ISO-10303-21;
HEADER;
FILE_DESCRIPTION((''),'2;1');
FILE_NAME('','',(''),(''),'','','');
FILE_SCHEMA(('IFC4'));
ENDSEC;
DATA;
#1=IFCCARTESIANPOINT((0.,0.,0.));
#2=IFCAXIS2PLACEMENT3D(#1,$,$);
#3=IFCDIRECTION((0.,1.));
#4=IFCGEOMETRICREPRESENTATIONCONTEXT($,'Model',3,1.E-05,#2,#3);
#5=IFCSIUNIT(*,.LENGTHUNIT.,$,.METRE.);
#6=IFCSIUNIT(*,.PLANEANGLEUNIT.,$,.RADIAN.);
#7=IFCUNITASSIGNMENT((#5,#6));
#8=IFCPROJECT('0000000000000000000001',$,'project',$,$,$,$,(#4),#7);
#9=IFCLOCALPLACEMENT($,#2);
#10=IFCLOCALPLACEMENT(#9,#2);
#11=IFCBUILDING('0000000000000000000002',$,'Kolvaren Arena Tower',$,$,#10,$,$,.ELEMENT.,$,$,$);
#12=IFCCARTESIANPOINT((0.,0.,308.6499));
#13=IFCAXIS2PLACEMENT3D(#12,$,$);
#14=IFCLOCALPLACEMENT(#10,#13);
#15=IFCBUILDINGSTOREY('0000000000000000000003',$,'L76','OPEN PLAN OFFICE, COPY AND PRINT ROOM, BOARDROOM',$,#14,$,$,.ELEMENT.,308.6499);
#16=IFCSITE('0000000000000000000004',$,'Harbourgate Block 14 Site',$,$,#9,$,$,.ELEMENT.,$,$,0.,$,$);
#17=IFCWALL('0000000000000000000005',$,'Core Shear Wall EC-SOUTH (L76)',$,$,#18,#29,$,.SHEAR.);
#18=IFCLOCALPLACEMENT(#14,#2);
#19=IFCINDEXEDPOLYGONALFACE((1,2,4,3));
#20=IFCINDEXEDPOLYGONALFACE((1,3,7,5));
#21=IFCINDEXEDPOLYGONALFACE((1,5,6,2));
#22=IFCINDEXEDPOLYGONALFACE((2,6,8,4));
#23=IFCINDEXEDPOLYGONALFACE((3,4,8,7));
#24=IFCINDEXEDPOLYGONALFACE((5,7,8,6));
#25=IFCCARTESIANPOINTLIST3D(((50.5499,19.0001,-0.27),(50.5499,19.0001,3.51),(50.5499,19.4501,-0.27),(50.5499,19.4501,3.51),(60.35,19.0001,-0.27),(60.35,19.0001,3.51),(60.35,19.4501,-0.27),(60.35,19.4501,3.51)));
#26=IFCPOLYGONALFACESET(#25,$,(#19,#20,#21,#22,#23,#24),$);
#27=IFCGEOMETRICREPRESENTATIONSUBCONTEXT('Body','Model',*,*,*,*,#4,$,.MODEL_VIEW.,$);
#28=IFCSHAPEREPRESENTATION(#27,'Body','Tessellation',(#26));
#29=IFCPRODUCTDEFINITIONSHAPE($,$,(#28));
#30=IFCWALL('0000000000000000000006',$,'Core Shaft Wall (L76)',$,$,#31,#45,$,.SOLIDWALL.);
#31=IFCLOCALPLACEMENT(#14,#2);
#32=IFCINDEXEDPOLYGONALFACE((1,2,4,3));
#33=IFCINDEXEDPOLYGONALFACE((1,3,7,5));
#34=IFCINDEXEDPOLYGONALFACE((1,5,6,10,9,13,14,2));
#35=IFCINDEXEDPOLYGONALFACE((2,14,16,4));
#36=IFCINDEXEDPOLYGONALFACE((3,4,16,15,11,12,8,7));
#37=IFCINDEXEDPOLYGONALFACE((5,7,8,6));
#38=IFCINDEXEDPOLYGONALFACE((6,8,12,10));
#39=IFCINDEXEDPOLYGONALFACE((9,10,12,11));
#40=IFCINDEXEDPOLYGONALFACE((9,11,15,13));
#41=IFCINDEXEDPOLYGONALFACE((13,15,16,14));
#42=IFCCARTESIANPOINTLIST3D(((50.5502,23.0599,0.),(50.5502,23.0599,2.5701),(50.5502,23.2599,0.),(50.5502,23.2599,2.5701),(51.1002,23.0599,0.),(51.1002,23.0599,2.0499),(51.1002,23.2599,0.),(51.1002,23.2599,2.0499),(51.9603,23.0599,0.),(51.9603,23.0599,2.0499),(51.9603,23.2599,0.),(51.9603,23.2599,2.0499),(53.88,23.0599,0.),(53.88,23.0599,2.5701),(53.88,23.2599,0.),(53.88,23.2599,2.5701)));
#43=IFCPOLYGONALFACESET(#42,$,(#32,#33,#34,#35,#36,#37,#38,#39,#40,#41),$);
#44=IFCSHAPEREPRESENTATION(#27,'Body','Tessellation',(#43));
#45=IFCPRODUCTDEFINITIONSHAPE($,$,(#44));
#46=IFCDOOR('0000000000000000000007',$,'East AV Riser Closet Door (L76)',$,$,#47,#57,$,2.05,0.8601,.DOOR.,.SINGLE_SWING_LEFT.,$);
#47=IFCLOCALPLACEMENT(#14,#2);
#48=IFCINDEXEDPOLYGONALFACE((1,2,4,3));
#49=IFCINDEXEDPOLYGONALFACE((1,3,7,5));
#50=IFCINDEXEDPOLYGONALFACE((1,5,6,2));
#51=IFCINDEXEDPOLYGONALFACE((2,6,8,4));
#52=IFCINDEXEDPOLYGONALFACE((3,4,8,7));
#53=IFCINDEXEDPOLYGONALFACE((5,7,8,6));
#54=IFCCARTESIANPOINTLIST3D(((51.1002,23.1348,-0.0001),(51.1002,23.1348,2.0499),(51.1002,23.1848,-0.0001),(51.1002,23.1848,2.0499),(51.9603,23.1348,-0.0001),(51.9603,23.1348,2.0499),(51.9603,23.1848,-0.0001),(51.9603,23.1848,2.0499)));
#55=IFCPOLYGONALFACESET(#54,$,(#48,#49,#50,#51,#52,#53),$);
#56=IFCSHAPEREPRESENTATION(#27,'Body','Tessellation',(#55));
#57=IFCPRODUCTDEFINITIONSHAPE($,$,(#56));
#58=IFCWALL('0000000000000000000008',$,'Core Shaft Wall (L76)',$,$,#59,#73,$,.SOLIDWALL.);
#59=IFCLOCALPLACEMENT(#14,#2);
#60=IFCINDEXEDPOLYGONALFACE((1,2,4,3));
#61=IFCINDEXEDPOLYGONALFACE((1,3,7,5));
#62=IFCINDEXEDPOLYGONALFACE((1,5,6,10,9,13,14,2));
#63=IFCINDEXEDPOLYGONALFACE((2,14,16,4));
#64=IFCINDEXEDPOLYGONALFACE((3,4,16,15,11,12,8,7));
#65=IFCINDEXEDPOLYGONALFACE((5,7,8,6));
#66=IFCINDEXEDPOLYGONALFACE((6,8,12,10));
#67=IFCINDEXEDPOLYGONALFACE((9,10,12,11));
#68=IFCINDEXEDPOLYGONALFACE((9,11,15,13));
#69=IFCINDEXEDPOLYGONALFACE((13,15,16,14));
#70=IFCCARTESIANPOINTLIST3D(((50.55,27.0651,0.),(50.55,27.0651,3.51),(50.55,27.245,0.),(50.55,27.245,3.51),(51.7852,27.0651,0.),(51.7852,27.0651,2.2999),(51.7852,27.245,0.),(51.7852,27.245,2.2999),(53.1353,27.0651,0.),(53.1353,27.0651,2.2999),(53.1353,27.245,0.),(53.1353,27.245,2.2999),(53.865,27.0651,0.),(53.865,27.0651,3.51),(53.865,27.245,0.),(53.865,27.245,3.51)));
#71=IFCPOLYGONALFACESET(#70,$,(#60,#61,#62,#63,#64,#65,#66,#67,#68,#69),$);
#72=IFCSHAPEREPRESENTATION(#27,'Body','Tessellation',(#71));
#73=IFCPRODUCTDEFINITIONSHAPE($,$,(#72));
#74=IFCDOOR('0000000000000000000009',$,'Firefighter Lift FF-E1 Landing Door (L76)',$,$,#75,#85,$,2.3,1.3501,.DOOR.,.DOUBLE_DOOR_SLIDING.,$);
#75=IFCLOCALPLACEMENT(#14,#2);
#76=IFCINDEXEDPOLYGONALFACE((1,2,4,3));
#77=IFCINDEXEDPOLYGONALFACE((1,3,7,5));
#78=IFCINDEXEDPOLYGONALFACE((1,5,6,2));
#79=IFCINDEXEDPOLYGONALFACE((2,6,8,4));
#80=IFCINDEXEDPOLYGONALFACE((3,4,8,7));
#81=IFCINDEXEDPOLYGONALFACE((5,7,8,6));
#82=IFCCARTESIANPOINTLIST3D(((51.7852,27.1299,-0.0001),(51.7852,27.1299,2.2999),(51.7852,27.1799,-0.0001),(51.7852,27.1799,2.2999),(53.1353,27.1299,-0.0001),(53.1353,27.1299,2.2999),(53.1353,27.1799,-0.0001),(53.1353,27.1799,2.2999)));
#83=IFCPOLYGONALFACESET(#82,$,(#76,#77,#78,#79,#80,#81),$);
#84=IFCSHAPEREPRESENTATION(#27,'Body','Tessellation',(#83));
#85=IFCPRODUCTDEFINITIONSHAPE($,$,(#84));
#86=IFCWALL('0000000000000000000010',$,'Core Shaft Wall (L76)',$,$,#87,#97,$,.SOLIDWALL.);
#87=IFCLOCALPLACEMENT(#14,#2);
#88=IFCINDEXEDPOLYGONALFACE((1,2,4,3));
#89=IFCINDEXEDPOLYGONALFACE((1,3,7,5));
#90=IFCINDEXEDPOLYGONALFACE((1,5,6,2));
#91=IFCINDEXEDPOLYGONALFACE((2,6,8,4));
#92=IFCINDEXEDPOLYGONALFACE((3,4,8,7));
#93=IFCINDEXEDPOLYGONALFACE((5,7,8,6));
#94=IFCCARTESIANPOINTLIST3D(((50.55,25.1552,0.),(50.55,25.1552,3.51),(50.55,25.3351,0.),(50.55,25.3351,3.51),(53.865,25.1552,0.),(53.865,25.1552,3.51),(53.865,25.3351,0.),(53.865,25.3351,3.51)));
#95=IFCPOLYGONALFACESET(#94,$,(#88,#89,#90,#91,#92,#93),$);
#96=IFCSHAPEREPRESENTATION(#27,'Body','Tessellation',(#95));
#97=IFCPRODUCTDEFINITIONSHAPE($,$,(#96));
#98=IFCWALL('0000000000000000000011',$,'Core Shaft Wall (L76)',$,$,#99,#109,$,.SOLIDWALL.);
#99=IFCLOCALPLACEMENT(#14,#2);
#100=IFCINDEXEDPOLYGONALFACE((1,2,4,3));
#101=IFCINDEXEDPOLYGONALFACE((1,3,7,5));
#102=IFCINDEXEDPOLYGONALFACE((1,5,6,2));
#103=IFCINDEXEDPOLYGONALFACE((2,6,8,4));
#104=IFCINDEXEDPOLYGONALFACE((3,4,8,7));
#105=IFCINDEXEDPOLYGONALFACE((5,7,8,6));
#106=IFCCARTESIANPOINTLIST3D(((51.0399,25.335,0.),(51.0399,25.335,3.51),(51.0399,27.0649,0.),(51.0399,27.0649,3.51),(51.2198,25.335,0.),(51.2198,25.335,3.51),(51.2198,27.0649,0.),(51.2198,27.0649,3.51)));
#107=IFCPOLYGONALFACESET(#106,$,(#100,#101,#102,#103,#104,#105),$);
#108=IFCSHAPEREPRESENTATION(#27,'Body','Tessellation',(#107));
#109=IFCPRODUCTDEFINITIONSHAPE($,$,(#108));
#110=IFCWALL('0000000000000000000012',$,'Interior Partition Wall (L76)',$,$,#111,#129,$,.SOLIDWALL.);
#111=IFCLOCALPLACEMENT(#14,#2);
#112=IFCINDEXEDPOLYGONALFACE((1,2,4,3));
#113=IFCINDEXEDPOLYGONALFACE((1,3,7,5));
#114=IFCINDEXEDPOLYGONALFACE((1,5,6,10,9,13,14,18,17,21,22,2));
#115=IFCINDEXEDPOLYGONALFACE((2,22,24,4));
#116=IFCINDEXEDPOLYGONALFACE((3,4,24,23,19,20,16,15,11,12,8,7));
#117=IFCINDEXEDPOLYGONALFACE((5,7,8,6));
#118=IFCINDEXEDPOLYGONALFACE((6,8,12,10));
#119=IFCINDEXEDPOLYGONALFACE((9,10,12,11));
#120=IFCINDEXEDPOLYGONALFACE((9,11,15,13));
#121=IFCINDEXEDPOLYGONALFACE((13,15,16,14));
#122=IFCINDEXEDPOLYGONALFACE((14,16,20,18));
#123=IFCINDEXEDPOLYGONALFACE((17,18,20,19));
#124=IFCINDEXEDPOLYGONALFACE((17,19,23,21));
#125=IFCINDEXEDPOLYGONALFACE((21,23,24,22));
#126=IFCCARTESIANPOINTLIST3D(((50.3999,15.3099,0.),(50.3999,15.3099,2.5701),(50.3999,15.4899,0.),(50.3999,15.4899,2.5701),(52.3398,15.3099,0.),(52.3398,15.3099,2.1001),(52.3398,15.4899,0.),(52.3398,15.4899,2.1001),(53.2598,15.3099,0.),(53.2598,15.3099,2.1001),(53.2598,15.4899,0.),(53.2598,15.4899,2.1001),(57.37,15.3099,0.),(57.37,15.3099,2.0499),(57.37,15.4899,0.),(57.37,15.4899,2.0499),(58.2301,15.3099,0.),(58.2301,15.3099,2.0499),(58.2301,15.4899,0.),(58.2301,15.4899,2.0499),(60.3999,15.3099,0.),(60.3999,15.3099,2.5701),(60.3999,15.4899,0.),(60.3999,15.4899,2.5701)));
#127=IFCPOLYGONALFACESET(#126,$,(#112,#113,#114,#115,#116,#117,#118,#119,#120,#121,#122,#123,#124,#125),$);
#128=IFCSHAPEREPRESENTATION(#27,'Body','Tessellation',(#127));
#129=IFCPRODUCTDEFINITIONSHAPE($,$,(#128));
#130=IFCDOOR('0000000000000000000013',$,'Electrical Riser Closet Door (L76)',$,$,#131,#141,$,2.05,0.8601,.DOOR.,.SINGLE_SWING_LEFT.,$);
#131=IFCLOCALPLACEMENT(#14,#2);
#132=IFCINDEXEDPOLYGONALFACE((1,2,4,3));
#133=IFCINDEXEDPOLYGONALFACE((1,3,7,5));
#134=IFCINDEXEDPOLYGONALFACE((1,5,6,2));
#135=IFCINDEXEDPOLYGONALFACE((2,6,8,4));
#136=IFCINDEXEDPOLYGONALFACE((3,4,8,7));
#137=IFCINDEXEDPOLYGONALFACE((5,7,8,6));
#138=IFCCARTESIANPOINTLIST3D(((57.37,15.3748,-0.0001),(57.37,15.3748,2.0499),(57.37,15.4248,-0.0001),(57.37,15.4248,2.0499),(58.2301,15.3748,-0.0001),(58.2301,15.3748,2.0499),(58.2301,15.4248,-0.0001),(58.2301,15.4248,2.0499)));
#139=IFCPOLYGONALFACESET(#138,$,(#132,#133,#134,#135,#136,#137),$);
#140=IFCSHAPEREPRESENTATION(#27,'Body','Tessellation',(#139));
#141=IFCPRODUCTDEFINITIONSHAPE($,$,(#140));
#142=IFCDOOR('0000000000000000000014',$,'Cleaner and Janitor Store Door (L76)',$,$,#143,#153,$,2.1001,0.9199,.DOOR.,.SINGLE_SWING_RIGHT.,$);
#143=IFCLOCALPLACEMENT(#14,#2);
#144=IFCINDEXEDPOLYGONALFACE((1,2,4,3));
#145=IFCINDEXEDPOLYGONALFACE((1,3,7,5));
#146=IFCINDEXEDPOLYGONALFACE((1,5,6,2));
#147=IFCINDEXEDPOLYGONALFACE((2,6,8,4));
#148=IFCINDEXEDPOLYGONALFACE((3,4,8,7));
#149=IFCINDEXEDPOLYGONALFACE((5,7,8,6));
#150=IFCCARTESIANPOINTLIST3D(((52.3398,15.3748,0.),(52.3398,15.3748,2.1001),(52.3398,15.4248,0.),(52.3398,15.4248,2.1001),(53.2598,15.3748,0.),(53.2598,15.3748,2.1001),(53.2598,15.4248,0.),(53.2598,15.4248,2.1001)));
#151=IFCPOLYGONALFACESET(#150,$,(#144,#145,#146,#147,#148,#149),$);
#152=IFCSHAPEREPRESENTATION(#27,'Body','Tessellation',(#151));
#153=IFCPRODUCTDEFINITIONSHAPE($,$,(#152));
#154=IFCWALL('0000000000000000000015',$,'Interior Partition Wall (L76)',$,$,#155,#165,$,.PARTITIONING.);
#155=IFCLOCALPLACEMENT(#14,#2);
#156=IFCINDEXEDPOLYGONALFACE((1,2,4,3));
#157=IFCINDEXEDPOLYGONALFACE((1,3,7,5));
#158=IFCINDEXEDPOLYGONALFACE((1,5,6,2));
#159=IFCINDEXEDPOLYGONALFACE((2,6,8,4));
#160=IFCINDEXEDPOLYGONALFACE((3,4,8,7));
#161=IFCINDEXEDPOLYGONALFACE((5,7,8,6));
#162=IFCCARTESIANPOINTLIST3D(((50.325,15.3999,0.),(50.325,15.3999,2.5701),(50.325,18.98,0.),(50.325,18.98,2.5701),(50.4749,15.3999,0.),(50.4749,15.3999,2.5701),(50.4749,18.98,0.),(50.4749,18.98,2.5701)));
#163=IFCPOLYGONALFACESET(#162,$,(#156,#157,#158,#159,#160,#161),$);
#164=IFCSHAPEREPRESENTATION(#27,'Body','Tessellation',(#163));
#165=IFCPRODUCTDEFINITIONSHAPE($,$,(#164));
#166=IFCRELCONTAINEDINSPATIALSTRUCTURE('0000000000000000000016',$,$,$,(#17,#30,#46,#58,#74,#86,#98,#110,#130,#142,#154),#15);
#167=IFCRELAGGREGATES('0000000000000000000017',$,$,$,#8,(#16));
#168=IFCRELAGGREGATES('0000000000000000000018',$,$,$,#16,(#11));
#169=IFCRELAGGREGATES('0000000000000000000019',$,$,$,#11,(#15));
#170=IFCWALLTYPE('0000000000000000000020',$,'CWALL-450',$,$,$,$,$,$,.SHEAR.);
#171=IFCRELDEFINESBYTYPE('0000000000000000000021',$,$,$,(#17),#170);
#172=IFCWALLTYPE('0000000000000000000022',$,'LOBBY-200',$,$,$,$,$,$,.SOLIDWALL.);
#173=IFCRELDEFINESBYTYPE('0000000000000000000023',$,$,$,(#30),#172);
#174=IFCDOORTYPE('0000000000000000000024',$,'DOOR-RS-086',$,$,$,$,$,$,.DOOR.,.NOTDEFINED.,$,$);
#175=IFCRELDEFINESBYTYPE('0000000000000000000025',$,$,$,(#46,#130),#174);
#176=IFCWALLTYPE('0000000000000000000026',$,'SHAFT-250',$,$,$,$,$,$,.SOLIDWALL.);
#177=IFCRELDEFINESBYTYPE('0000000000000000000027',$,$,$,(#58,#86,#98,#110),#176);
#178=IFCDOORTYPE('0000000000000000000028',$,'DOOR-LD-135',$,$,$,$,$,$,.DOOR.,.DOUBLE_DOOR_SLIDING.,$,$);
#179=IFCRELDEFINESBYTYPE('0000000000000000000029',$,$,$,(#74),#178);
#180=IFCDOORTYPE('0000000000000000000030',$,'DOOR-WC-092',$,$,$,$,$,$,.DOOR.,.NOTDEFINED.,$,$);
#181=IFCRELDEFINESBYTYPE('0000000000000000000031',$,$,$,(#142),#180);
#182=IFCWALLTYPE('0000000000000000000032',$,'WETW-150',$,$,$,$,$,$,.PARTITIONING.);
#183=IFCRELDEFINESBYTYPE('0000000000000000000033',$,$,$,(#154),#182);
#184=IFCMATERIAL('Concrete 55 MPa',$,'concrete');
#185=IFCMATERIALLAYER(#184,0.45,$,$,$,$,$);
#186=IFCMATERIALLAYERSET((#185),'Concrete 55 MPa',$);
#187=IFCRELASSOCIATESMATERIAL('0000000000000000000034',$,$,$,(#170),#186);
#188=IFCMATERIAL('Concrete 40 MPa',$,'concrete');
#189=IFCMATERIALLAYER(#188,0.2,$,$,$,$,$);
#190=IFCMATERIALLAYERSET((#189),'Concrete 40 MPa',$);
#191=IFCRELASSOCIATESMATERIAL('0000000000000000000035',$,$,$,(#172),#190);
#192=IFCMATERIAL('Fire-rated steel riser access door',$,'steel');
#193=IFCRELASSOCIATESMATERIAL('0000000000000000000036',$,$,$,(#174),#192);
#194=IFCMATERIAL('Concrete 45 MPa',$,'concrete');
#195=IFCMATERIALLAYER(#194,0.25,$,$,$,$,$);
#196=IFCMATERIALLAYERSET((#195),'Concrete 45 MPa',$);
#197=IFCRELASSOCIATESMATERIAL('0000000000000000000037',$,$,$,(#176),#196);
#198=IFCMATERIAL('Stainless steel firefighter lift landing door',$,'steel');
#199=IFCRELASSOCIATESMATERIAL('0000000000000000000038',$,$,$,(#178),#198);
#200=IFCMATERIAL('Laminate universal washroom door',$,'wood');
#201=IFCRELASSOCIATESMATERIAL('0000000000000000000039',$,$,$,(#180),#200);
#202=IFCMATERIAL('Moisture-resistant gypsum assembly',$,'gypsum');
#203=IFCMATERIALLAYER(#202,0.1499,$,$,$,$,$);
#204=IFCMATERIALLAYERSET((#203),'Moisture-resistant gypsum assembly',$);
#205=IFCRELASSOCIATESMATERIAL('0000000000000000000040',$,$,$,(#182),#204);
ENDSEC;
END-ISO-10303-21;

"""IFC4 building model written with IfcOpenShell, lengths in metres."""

from ifc_helpers import new_model, si_unit, direction, frame, frame_2d, origin, place, context, subcontext, project, spatial, rectangle, extrude, material, layer, layer_set, type_object, element, fill, save


model = new_model("IFC4")

# Units and contexts
model_context = context("Model", 3, precision=1e-05, world=origin(), true_north=direction((0.0, 1.0)))
body_context = subcontext(model_context, "Body", "Model", "MODEL_VIEW")
ifc_project = project(units=[si_unit("LENGTHUNIT", "METRE"), si_unit("PLANEANGLEUNIT", "RADIAN")], contexts=[model_context])

# Site, building, storey
site_placement = place(None, origin())
site = spatial("IfcSite", under=ifc_project, at=site_placement, Name="Harbourgate Block 14 Site", CompositionType="ELEMENT", RefElevation=0.0)
building_placement = place(site_placement, origin())
building = spatial("IfcBuilding", under=site, at=building_placement, Name="Kolvaren Arena Tower", CompositionType="ELEMENT")
storey_placement = place(building_placement, frame((0.0, 0.0, 308.6499)))
storey = spatial("IfcBuildingStorey", under=building, at=storey_placement, Name="L76", Description="OPEN PLAN OFFICE, COPY AND PRINT ROOM, BOARDROOM", CompositionType="ELEMENT", Elevation=308.6499)

# Shared definitions
ifc_material_1 = material(Name="Concrete 55 MPa", Category="concrete")
ifc_layer_1 = layer(ifc_material_1, 0.45)
ifc_layer_set_1 = layer_set([ifc_layer_1], Name="Concrete 55 MPa")
wall_type_1 = type_object("IfcWallType", Name="CWALL-450", PredefinedType="SHEAR", material=ifc_layer_set_1)

# Wall
wall_1_placement = place(storey_placement, frame((50.55, 19.2251, -0.27), z_axis=(0.0, 0.0, 1.0), x_axis=(1.0, 0.0, 0.0)))
element("IfcWall", 1, at=wall_1_placement, inside=storey, type_object=wall_type_1, Name="Core Shear Wall EC-SOUTH (L76)", PredefinedType="SHEAR", context=body_context, shape_type="SweptSolid", body=[
    extrude(rectangle(XDim=9.8, YDim=0.45, at=frame_2d((4.8999, 0.0))), origin(), (0.0, 0.0, 1.0), 3.78),
])

# Shared definitions
ifc_material_2 = material(Name="Concrete 40 MPa", Category="concrete")
ifc_layer_2 = layer(ifc_material_2, 0.2)
ifc_layer_set_2 = layer_set([ifc_layer_2], Name="Concrete 40 MPa")
wall_type_2 = type_object("IfcWallType", Name="LOBBY-200", PredefinedType="SOLIDWALL", material=ifc_layer_set_2)

# Walls, openings, doors
wall_2_placement = place(storey_placement, frame((50.55, 23.1599, 0.0), z_axis=(0.0, 0.0, 1.0), x_axis=(1.0, 0.0, 0.0)))
wall_2 = element("IfcWall", 2, at=wall_2_placement, inside=storey, type_object=wall_type_2, Name="Core Shaft Wall (L76)", PredefinedType="SOLIDWALL", context=body_context, shape_type="SweptSolid", body=[
    extrude(rectangle(XDim=3.3298, YDim=0.2, at=frame_2d((1.665, 0.0))), origin(), (0.0, 0.0, 1.0), 2.5701),
])
opening_1_placement = place(wall_2_placement, frame((0.55, 0.0, 0.0)))
opening_1 = element("IfcOpeningElement", 3, at=opening_1_placement, cuts=wall_2, PredefinedType="OPENING", context=body_context, shape_type="SweptSolid", body=[
    extrude(rectangle(XDim=0.8601, YDim=2.05, at=frame_2d((0.4302, 1.0249))), frame((0.0, 0.1099, 0.0), z_axis=(0.0, -1.0, 0.0), x_axis=(1.0, 0.0, 0.0)), (0.0, 0.0, 1.0), 0.22),
])
ifc_material_3 = material(Name="Fire-rated steel riser access door", Category="steel")
door_type_1 = type_object("IfcDoorType", Name="DOOR-RS-086", OperationType="NOTDEFINED", PredefinedType="DOOR", material=ifc_material_3)
door_1_placement = place(opening_1_placement, origin())
door_1 = element("IfcDoor", 4, at=door_1_placement, inside=storey, type_object=door_type_1, Name="East AV Riser Closet Door (L76)", OperationType="SINGLE_SWING_LEFT", OverallHeight=2.05, OverallWidth=0.8601, PredefinedType="DOOR", context=body_context, shape_type="SweptSolid", body=[
    extrude(rectangle(XDim=0.8601, YDim=2.05, at=frame_2d((0.4302, 1.0249))), frame((0.0, 0.0249, 0.0), z_axis=(0.0, -1.0, 0.0), x_axis=(1.0, 0.0, 0.0)), (0.0, 0.0, 1.0), 0.05),
])
fill(opening_1, door_1)
ifc_material_4 = material(Name="Concrete 45 MPa", Category="concrete")
ifc_layer_3 = layer(ifc_material_4, 0.25)
ifc_layer_set_3 = layer_set([ifc_layer_3], Name="Concrete 45 MPa")
wall_type_3 = type_object("IfcWallType", Name="SHAFT-250", PredefinedType="SOLIDWALL", material=ifc_layer_set_3)
wall_3_placement = place(storey_placement, frame((50.55, 27.155, 0.0), z_axis=(0.0, 0.0, 1.0), x_axis=(1.0, 0.0, 0.0)))
wall_3 = element("IfcWall", 5, at=wall_3_placement, inside=storey, type_object=wall_type_3, Name="Core Shaft Wall (L76)", PredefinedType="SOLIDWALL", context=body_context, shape_type="SweptSolid", body=[
    extrude(rectangle(XDim=3.3149, YDim=0.1799, at=frame_2d((1.6575, 0.0))), origin(), (0.0, 0.0, 1.0), 3.51),
])
opening_2_placement = place(wall_3_placement, frame((1.2351, 0.0, 0.0)))
opening_2 = element("IfcOpeningElement", 6, at=opening_2_placement, cuts=wall_3, PredefinedType="OPENING", context=body_context, shape_type="SweptSolid", body=[
    extrude(rectangle(XDim=1.3501, YDim=2.3, at=frame_2d((0.675, 1.1499))), frame((0.0, 0.0999, 0.0), z_axis=(0.0, -1.0, 0.0), x_axis=(1.0, 0.0, 0.0)), (0.0, 0.0, 1.0), 0.2),
])
ifc_material_5 = material(Name="Stainless steel firefighter lift landing door", Category="steel")
door_type_2 = type_object("IfcDoorType", Name="DOOR-LD-135", OperationType="DOUBLE_DOOR_SLIDING", PredefinedType="DOOR", material=ifc_material_5)
door_2_placement = place(opening_2_placement, origin())
door_2 = element("IfcDoor", 7, at=door_2_placement, inside=storey, type_object=door_type_2, Name="Firefighter Lift FF-E1 Landing Door (L76)", OperationType="DOUBLE_DOOR_SLIDING", OverallHeight=2.3, OverallWidth=1.3501, PredefinedType="DOOR", context=body_context, shape_type="SweptSolid", body=[
    extrude(rectangle(XDim=1.3501, YDim=2.3, at=frame_2d((0.675, 1.1499))), frame((0.0, 0.0249, 0.0), z_axis=(0.0, -1.0, 0.0), x_axis=(1.0, 0.0, 0.0)), (0.0, 0.0, 1.0), 0.05),
])
fill(opening_2, door_2)

# Walls
wall_4_placement = place(storey_placement, frame((50.55, 25.2451, 0.0), z_axis=(0.0, 0.0, 1.0), x_axis=(1.0, 0.0, 0.0)))
element("IfcWall", 8, at=wall_4_placement, inside=storey, type_object=wall_type_3, Name="Core Shaft Wall (L76)", PredefinedType="SOLIDWALL", context=body_context, shape_type="SweptSolid", body=[
    extrude(rectangle(XDim=3.3149, YDim=0.1799, at=frame_2d((1.6575, 0.0))), origin(), (0.0, 0.0, 1.0), 3.51),
])
wall_5_placement = place(storey_placement, frame((51.1299, 25.335, 0.0), z_axis=(0.0, 0.0, 1.0), x_axis=(0.0, 1.0, 0.0)))
element("IfcWall", 9, at=wall_5_placement, inside=storey, type_object=wall_type_3, Name="Core Shaft Wall (L76)", PredefinedType="SOLIDWALL", context=body_context, shape_type="SweptSolid", body=[
    extrude(rectangle(XDim=1.73, YDim=0.1799, at=frame_2d((0.865, 0.0))), origin(), (0.0, 0.0, 1.0), 3.51),
])

# Wall, openings, doors
wall_6_placement = place(storey_placement, frame((50.3999, 15.3999, 0.0), z_axis=(0.0, 0.0, 1.0), x_axis=(1.0, 0.0, 0.0)))
wall_6 = element("IfcWall", 10, at=wall_6_placement, inside=storey, type_object=wall_type_3, Name="Interior Partition Wall (L76)", PredefinedType="SOLIDWALL", context=body_context, shape_type="SweptSolid", body=[
    extrude(rectangle(XDim=10.0, YDim=0.1799, at=frame_2d((5.0, 0.0))), origin(), (0.0, 0.0, 1.0), 2.5701),
])
opening_3_placement = place(wall_6_placement, frame((1.9399, 0.0, 0.0)))
opening_3 = element("IfcOpeningElement", 11, at=opening_3_placement, cuts=wall_6, PredefinedType="OPENING", context=body_context, shape_type="SweptSolid", body=[
    extrude(rectangle(XDim=0.9199, YDim=2.1001, at=frame_2d((0.46, 1.05))), frame((0.0, 0.0999, 0.0), z_axis=(0.0, -1.0, 0.0), x_axis=(1.0, 0.0, 0.0)), (0.0, 0.0, 1.0), 0.2),
])
opening_4_placement = place(wall_6_placement, frame((6.97, 0.0, 0.0)))
opening_4 = element("IfcOpeningElement", 12, at=opening_4_placement, cuts=wall_6, PredefinedType="OPENING", context=body_context, shape_type="SweptSolid", body=[
    extrude(rectangle(XDim=0.8601, YDim=2.05, at=frame_2d((0.4302, 1.0249))), frame((0.0, 0.0999, 0.0), z_axis=(0.0, -1.0, 0.0), x_axis=(1.0, 0.0, 0.0)), (0.0, 0.0, 1.0), 0.2),
])
door_3_placement = place(opening_4_placement, origin())
door_3 = element("IfcDoor", 13, at=door_3_placement, inside=storey, type_object=door_type_1, Name="Electrical Riser Closet Door (L76)", OperationType="SINGLE_SWING_LEFT", OverallHeight=2.05, OverallWidth=0.8601, PredefinedType="DOOR", context=body_context, shape_type="SweptSolid", body=[
    extrude(rectangle(XDim=0.8601, YDim=2.05, at=frame_2d((0.4302, 1.0249))), frame((0.0, 0.0249, 0.0), z_axis=(0.0, -1.0, 0.0), x_axis=(1.0, 0.0, 0.0)), (0.0, 0.0, 1.0), 0.05),
])
fill(opening_4, door_3)
ifc_material_6 = material(Name="Laminate universal washroom door", Category="wood")
door_type_3 = type_object("IfcDoorType", Name="DOOR-WC-092", OperationType="NOTDEFINED", PredefinedType="DOOR", material=ifc_material_6)
door_4_placement = place(opening_3_placement, origin())
door_4 = element("IfcDoor", 14, at=door_4_placement, inside=storey, type_object=door_type_3, Name="Cleaner and Janitor Store Door (L76)", OperationType="SINGLE_SWING_RIGHT", OverallHeight=2.1001, OverallWidth=0.9199, PredefinedType="DOOR", context=body_context, shape_type="SweptSolid", body=[
    extrude(rectangle(XDim=0.9199, YDim=2.1001, at=frame_2d((0.46, 1.05))), frame((0.0, 0.0249, 0.0), z_axis=(0.0, -1.0, 0.0), x_axis=(1.0, 0.0, 0.0)), (0.0, 0.0, 1.0), 0.05),
])
fill(opening_3, door_4)

# Wall
ifc_material_7 = material(Name="Moisture-resistant gypsum assembly", Category="gypsum")
ifc_layer_4 = layer(ifc_material_7, 0.1499)
ifc_layer_set_4 = layer_set([ifc_layer_4], Name="Moisture-resistant gypsum assembly")
wall_type_4 = type_object("IfcWallType", Name="WETW-150", PredefinedType="PARTITIONING", material=ifc_layer_set_4)
wall_7_placement = place(storey_placement, frame((50.3999, 15.3999, 0.0), z_axis=(0.0, 0.0, 1.0), x_axis=(0.0, 1.0, 0.0)))
element("IfcWall", 15, at=wall_7_placement, inside=storey, type_object=wall_type_4, Name="Interior Partition Wall (L76)", PredefinedType="PARTITIONING", context=body_context, shape_type="SweptSolid", body=[
    extrude(rectangle(XDim=3.5801, YDim=0.1499, at=frame_2d((1.79, 0.0))), origin(), (0.0, 0.0, 1.0), 2.5701),
])

save(model, "model.ifc")
